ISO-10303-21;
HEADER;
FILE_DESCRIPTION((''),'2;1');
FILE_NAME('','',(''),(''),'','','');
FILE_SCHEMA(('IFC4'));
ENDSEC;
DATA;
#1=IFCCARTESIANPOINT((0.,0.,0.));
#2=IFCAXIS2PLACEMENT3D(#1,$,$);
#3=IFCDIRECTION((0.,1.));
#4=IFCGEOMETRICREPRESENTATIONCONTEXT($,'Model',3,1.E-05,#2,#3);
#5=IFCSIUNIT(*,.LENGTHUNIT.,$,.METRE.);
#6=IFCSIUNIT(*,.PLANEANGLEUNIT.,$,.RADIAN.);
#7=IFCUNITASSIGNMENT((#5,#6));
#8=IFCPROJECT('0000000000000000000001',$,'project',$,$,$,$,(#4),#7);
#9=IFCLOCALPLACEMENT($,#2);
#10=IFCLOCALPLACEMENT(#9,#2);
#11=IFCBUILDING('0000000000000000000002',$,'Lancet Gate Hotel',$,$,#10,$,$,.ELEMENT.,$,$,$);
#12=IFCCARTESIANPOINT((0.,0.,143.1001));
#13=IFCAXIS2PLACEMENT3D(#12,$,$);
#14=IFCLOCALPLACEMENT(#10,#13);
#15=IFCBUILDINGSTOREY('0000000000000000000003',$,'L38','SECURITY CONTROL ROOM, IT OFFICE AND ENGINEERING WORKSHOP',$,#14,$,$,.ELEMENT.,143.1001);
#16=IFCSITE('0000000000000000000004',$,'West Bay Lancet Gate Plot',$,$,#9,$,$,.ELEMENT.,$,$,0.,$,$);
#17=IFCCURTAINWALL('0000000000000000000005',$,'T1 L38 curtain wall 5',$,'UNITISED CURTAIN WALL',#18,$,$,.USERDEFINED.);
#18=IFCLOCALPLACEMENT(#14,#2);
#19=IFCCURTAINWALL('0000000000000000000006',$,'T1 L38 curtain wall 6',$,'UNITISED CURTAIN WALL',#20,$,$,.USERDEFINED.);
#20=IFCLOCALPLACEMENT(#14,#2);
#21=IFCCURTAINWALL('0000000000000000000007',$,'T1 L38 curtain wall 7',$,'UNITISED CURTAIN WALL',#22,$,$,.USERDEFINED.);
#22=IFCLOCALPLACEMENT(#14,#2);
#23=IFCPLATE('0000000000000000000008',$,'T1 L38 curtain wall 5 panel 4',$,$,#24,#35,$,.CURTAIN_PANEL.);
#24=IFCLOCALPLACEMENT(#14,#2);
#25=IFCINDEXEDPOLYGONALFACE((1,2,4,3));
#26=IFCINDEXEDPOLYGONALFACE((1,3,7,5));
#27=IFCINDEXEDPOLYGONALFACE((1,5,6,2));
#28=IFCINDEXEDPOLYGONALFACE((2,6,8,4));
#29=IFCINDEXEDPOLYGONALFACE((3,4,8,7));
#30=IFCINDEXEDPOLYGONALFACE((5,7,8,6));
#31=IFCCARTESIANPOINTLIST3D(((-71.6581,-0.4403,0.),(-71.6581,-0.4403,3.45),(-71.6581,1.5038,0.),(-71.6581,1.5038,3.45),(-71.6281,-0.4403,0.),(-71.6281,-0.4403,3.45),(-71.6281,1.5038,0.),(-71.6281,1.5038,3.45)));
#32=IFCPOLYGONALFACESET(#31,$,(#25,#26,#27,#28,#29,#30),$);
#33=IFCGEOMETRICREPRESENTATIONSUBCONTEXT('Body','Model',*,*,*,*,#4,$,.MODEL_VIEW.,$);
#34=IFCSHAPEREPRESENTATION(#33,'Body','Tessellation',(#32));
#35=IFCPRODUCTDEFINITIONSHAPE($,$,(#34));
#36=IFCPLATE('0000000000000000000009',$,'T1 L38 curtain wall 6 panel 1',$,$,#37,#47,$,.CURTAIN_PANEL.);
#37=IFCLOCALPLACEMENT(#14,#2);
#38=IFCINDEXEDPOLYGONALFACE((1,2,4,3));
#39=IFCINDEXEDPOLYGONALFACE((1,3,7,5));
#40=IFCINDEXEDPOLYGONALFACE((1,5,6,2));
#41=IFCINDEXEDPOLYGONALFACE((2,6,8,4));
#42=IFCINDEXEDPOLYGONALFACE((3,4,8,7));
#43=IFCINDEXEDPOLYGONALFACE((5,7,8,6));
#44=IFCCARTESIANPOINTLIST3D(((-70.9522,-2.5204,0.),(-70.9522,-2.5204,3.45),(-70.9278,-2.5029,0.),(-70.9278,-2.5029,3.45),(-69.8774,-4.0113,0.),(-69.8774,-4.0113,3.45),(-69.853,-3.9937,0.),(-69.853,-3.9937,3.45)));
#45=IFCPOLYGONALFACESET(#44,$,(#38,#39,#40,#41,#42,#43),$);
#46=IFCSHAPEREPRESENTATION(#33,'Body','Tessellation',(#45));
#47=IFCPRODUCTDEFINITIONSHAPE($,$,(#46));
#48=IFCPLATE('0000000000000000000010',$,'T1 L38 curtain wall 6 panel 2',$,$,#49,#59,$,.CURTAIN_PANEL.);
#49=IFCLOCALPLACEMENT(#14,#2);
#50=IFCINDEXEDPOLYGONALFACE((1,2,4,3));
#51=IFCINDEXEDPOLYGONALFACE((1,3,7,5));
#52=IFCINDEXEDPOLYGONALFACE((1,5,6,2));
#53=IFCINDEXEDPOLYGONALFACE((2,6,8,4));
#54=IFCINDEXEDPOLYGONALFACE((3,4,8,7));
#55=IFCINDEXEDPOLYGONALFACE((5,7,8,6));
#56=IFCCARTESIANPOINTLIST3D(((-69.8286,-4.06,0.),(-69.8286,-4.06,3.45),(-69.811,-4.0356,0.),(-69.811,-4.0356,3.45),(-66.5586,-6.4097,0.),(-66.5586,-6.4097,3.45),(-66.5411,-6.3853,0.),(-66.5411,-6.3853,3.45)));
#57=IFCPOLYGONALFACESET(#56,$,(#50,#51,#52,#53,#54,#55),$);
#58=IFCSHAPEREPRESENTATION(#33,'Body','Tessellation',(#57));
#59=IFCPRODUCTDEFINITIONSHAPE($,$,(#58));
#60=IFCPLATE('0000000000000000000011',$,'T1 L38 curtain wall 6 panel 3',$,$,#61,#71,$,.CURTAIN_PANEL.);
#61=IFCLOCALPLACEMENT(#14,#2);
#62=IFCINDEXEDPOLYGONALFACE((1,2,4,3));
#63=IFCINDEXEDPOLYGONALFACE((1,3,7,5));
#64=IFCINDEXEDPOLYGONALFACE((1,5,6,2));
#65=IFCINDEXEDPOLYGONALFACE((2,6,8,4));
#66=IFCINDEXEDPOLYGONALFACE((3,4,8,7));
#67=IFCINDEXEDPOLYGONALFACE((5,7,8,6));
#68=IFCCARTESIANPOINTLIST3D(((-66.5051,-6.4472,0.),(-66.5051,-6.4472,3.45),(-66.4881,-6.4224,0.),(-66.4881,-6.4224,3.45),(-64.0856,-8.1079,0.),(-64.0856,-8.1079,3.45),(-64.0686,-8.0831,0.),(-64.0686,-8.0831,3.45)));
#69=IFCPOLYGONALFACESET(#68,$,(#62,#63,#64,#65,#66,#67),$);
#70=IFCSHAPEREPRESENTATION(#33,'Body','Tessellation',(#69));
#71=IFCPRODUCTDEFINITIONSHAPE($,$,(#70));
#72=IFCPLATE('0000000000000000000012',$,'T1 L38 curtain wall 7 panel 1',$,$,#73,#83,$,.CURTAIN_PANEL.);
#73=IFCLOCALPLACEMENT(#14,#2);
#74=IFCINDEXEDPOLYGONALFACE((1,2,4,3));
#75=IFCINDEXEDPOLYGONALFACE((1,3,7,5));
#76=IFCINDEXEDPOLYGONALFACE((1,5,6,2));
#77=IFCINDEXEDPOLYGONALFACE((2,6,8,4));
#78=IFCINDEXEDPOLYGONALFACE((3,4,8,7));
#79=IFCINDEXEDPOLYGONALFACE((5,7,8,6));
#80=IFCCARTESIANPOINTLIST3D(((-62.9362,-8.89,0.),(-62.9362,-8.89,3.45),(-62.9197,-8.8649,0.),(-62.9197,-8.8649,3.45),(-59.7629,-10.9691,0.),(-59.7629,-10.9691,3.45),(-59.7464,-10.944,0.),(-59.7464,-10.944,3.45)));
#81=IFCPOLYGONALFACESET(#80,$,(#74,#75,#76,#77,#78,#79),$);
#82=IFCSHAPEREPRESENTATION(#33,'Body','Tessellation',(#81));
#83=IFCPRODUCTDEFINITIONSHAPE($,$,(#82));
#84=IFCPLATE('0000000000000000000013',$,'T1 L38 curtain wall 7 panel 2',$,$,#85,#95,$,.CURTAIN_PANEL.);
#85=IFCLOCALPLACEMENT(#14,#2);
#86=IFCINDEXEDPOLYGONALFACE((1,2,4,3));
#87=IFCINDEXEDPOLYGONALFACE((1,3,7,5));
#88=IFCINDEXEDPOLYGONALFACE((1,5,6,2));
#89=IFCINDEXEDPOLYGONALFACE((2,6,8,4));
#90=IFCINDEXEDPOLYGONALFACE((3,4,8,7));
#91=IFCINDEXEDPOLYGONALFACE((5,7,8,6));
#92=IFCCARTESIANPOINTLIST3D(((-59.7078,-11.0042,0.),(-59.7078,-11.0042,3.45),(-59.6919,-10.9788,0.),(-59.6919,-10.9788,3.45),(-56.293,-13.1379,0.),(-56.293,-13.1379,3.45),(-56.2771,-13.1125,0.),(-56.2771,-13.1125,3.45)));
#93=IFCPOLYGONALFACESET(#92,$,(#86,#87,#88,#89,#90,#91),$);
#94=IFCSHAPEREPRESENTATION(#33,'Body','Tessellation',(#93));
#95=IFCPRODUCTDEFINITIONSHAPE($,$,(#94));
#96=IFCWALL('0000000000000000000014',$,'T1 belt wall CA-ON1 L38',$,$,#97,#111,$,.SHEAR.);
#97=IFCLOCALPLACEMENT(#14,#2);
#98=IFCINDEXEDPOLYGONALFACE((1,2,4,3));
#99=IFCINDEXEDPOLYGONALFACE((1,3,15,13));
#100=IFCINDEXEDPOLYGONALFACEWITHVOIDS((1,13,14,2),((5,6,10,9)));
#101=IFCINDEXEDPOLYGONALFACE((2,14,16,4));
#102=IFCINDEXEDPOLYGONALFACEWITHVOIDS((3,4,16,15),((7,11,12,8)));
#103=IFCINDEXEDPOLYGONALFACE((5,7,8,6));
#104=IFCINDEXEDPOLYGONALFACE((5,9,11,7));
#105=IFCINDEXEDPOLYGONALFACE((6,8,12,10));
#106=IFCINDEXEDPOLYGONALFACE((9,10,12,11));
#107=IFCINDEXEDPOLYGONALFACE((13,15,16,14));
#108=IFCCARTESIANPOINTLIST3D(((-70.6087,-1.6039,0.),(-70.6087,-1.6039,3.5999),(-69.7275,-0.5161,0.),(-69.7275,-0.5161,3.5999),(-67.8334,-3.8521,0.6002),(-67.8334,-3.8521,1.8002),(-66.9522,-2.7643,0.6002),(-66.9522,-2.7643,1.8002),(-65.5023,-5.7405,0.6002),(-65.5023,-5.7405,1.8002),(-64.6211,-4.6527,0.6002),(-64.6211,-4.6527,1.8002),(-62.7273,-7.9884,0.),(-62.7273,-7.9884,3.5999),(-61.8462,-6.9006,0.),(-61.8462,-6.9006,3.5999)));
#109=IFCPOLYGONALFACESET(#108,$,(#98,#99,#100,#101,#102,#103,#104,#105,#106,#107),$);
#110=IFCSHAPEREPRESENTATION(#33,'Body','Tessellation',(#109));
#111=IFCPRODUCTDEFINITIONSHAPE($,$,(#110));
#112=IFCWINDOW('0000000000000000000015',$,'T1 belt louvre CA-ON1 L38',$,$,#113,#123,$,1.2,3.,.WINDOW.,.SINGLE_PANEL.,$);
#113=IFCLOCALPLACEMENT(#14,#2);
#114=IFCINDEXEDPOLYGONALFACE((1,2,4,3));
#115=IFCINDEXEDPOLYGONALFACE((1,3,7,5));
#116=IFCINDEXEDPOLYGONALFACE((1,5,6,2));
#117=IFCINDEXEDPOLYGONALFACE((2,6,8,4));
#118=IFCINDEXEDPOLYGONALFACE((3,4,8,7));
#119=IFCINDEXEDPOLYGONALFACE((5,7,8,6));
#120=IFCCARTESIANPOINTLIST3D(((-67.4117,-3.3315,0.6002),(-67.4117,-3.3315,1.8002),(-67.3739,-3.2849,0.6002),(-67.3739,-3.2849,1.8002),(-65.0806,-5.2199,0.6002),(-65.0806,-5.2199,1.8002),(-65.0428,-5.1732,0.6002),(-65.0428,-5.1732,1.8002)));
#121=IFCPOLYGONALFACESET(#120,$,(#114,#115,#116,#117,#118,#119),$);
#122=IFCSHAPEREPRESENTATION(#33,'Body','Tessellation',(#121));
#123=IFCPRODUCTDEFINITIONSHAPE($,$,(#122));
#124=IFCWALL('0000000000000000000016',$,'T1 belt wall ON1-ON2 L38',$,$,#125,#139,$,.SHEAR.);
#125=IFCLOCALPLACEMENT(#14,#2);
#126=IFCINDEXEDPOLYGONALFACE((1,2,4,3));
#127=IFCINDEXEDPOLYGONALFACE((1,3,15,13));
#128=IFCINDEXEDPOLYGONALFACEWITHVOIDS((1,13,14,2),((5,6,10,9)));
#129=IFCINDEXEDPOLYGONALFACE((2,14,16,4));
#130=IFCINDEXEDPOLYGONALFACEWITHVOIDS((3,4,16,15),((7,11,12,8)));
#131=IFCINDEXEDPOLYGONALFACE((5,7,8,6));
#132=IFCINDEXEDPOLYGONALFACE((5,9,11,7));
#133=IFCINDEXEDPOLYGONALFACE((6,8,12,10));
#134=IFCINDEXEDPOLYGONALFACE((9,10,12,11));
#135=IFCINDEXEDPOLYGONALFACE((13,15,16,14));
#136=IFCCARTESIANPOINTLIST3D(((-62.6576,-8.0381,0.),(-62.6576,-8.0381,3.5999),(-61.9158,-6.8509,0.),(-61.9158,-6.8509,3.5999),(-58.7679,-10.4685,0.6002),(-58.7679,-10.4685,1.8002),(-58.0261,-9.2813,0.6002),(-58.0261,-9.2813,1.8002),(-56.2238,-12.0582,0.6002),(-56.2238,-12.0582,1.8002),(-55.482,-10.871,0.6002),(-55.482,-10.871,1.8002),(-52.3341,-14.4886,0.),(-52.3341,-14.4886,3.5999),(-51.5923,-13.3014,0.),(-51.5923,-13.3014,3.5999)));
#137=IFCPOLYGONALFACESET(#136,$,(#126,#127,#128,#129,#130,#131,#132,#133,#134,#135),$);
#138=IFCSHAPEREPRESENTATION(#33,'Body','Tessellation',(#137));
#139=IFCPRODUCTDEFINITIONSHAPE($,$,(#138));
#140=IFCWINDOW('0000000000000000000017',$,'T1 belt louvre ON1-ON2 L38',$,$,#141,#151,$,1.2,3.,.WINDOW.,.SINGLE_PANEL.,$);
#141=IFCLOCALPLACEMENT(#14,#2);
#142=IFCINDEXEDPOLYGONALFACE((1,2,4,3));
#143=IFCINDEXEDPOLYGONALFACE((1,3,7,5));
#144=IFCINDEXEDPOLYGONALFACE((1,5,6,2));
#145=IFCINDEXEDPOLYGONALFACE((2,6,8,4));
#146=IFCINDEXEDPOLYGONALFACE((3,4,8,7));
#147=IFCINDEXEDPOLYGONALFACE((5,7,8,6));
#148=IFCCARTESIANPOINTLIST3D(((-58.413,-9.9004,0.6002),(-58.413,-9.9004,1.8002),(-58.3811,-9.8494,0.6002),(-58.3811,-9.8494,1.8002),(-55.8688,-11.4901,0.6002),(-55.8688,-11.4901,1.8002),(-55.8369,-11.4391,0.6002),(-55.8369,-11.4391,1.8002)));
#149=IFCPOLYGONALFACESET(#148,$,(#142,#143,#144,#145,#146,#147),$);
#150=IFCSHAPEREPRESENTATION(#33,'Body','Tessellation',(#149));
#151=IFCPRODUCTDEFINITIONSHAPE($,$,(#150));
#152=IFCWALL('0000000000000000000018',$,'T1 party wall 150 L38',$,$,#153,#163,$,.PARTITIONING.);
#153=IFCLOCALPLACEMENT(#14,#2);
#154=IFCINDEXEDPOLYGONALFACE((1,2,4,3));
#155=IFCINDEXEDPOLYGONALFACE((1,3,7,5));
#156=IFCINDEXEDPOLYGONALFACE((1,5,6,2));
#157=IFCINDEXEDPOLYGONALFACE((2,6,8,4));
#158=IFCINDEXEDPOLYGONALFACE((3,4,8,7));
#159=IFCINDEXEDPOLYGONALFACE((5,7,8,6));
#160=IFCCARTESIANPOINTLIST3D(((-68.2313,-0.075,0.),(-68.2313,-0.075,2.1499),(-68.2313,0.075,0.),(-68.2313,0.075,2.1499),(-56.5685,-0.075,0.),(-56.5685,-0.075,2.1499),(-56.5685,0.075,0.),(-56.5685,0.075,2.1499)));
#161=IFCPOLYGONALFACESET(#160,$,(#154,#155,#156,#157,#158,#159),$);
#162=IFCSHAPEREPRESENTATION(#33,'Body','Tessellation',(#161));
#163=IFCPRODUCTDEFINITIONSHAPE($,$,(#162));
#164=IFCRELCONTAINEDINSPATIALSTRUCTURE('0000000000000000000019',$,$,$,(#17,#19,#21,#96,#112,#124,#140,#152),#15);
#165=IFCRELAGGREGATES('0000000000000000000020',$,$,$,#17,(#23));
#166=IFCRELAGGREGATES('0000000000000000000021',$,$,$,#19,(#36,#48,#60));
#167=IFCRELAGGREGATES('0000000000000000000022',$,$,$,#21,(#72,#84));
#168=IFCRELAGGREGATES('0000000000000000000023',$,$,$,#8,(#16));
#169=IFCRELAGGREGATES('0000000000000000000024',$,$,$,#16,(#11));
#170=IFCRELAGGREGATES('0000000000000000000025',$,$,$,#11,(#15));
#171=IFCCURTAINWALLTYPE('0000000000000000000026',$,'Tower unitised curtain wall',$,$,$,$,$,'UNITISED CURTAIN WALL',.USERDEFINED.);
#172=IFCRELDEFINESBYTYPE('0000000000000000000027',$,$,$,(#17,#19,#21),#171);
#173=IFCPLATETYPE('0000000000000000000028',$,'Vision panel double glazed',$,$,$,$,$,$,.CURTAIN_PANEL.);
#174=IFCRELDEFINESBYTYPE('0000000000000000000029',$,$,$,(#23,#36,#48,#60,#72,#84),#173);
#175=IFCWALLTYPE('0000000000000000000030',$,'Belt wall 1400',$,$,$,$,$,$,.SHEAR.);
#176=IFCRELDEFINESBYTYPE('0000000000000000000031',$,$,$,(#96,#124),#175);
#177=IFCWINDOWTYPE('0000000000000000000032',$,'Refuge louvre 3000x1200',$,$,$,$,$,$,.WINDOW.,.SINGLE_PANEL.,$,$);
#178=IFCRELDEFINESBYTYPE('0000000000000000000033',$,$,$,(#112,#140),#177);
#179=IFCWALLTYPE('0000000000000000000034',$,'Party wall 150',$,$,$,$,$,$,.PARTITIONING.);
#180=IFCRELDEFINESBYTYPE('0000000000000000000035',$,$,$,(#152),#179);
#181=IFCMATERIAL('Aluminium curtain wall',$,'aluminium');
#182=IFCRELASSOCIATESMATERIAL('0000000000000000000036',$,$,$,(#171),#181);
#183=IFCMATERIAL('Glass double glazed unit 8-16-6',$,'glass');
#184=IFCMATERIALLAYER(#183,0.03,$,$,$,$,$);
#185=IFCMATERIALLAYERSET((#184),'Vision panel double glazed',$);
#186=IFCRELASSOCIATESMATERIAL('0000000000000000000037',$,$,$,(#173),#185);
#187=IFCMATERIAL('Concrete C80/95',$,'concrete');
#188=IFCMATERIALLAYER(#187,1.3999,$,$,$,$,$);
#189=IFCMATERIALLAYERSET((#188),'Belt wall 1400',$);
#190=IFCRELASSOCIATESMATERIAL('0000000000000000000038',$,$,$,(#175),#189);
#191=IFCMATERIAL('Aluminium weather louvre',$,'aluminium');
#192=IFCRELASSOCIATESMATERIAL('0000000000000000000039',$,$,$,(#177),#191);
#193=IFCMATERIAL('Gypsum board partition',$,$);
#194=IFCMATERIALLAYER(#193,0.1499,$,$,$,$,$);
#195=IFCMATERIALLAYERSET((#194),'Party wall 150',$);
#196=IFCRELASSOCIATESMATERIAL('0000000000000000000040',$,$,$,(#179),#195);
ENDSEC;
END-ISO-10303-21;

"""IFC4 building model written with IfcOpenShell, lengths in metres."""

from ifc_helpers import new_model, si_unit, direction, frame, frame_2d, origin, origin_2d, place, context, subcontext, project, spatial, rectangle, extrude, material, layer, layer_set, type_object, element, fill, aggregate, save


model = new_model("IFC4")

# Units and contexts
model_context = context("Model", 3, precision=1e-05, world=origin(), true_north=direction((0.0, 1.0)))
body_context = subcontext(model_context, "Body", "Model", "MODEL_VIEW")
ifc_project = project(units=[si_unit("LENGTHUNIT", "METRE"), si_unit("PLANEANGLEUNIT", "RADIAN")], contexts=[model_context])

# Site, building, storey
site_placement = place(None, origin())
site = spatial("IfcSite", under=ifc_project, at=site_placement, Name="West Bay Lancet Gate Plot", CompositionType="ELEMENT", RefElevation=0.0)
building_placement = place(site_placement, origin())
building = spatial("IfcBuilding", under=site, at=building_placement, Name="Lancet Gate Hotel", CompositionType="ELEMENT")
storey_placement = place(building_placement, frame((0.0, 0.0, 143.1001)))
storey = spatial("IfcBuildingStorey", under=building, at=storey_placement, Name="L38", Description="SECURITY CONTROL ROOM, IT OFFICE AND ENGINEERING WORKSHOP", CompositionType="ELEMENT", Elevation=143.1001)

# Curtain wall
ifc_material_1 = material(Name="Aluminium curtain wall", Category="aluminium")
curtain_wall_type = type_object("IfcCurtainWallType", Name="Tower unitised curtain wall", ElementType="UNITISED CURTAIN WALL", PredefinedType="USERDEFINED", material=ifc_material_1)
curtain_wall_1_placement = place(storey_placement, origin())
curtain_wall_1 = element("IfcCurtainWall", 1, at=curtain_wall_1_placement, inside=storey, type_object=curtain_wall_type, Name="T1 L38 curtain wall 5", ObjectType="UNITISED CURTAIN WALL", PredefinedType="USERDEFINED")

# Curtain walls
curtain_wall_2_placement = place(storey_placement, origin())
curtain_wall_2 = element("IfcCurtainWall", 2, at=curtain_wall_2_placement, inside=storey, type_object=curtain_wall_type, Name="T1 L38 curtain wall 6", ObjectType="UNITISED CURTAIN WALL", PredefinedType="USERDEFINED")
curtain_wall_3_placement = place(storey_placement, origin())
curtain_wall_3 = element("IfcCurtainWall", 3, at=curtain_wall_3_placement, inside=storey, type_object=curtain_wall_type, Name="T1 L38 curtain wall 7", ObjectType="UNITISED CURTAIN WALL", PredefinedType="USERDEFINED")

# Plates
ifc_material_2 = material(Name="Glass double glazed unit 8-16-6", Category="glass")
ifc_layer_1 = layer(ifc_material_2, 0.03)
ifc_layer_set_1 = layer_set([ifc_layer_1], Name="Vision panel double glazed")
plate_type = type_object("IfcPlateType", Name="Vision panel double glazed", PredefinedType="CURTAIN_PANEL", material=ifc_layer_set_1)
plate_1_placement = place(storey_placement, frame((-71.6431, 0.5317, 0.0), z_axis=(0.0, 0.0, 1.0), x_axis=(0.0, -1.0, 0.0)))
plate_1 = element("IfcPlate", 4, at=plate_1_placement, type_object=plate_type, Name="T1 L38 curtain wall 5 panel 4", PredefinedType="CURTAIN_PANEL", context=body_context, shape_type="SweptSolid", body=[
    extrude(rectangle(XDim=1.9441, YDim=0.03, at=origin_2d()), origin(), (0.0, 0.0, 1.0), 3.45),
])
aggregate(curtain_wall_1, [plate_1])
plate_2_placement = place(storey_placement, frame((-70.4026, -3.2571, 0.0), z_axis=(0.0, 0.0, 1.0), x_axis=(0.584809, -0.811171, 0.0)))
plate_2 = element("IfcPlate", 5, at=plate_2_placement, type_object=plate_type, Name="T1 L38 curtain wall 6 panel 1", PredefinedType="CURTAIN_PANEL", context=body_context, shape_type="SweptSolid", body=[
    extrude(rectangle(XDim=1.8379, YDim=0.03, at=origin_2d()), origin(), (0.0, 0.0, 1.0), 3.45),
])
plate_3_placement = place(storey_placement, frame((-68.1848, -5.2227, 0.0), z_axis=(0.0, 0.0, 1.0), x_axis=(0.812093, -0.583528, 0.0)))
plate_3 = element("IfcPlate", 6, at=plate_3_placement, type_object=plate_type, Name="T1 L38 curtain wall 6 panel 2", PredefinedType="CURTAIN_PANEL", context=body_context, shape_type="SweptSolid", body=[
    extrude(rectangle(XDim=4.0266, YDim=0.03, at=origin_2d()), origin(), (0.0, 0.0, 1.0), 3.45),
])
plate_4_placement = place(storey_placement, frame((-65.2869, -7.2651, 0.0), z_axis=(0.0, 0.0, 1.0), x_axis=(0.824466, -0.565911, 0.0)))
plate_4 = element("IfcPlate", 7, at=plate_4_placement, type_object=plate_type, Name="T1 L38 curtain wall 6 panel 3", PredefinedType="CURTAIN_PANEL", context=body_context, shape_type="SweptSolid", body=[
    extrude(rectangle(XDim=2.9346, YDim=0.03, at=origin_2d()), origin(), (0.0, 0.0, 1.0), 3.45),
])
aggregate(curtain_wall_2, [plate_2, plate_3, plate_4])
plate_5_placement = place(storey_placement, frame((-61.3413, -9.917, 0.0), z_axis=(0.0, 0.0, 1.0), x_axis=(0.836458, -0.548032, 0.0)))
plate_5 = element("IfcPlate", 8, at=plate_5_placement, type_object=plate_type, Name="T1 L38 curtain wall 7 panel 1", PredefinedType="CURTAIN_PANEL", context=body_context, shape_type="SweptSolid", body=[
    extrude(rectangle(XDim=3.7937, YDim=0.03, at=origin_2d()), origin(), (0.0, 0.0, 1.0), 3.45),
])
plate_6_placement = place(storey_placement, frame((-57.9924, -12.0583, 0.0), z_axis=(0.0, 0.0, 1.0), x_axis=(0.848061, -0.529899, 0.0)))
plate_6 = element("IfcPlate", 9, at=plate_6_placement, type_object=plate_type, Name="T1 L38 curtain wall 7 panel 2", PredefinedType="CURTAIN_PANEL", context=body_context, shape_type="SweptSolid", body=[
    extrude(rectangle(XDim=4.0266, YDim=0.03, at=origin_2d()), origin(), (0.0, 0.0, 1.0), 3.45),
])
aggregate(curtain_wall_3, [plate_5, plate_6])

# Walls, openings, windows
ifc_material_3 = material(Name="Concrete C80/95", Category="concrete")
ifc_layer_2 = layer(ifc_material_3, 1.3999)
ifc_layer_set_2 = layer_set([ifc_layer_2], Name="Belt wall 1400")
wall_type_1 = type_object("IfcWallType", Name="Belt wall 1400", PredefinedType="SHEAR", material=ifc_layer_set_2)
wall_1_placement = place(storey_placement, frame((-70.168, -1.0601, 0.0), z_axis=(0.0, 0.0, 1.0), x_axis=(0.777034, -0.629459, 0.0)))
wall_1 = element("IfcWall", 10, at=wall_1_placement, inside=storey, type_object=wall_type_1, Name="T1 belt wall CA-ON1 L38", PredefinedType="SHEAR", context=body_context, shape_type="SweptSolid", body=[
    extrude(rectangle(XDim=10.1428, YDim=1.3999, at=frame_2d((5.0713, 0.0))), origin(), (0.0, 0.0, 1.0), 3.5999),
])
opening_1_placement = place(wall_1_placement, frame((3.5715, 0.0, 0.6001)))
opening_1 = element("IfcOpeningElement", 11, at=opening_1_placement, cuts=wall_1, PredefinedType="OPENING", context=body_context, shape_type="SweptSolid", body=[
    extrude(rectangle(XDim=3.0, YDim=1.2, at=frame_2d((1.5, 0.6001))), frame((0.0, 0.71, 0.0), z_axis=(0.0, -1.0, 0.0), x_axis=(1.0, 0.0, 0.0)), (0.0, 0.0, 1.0), 1.4199),
])
ifc_material_4 = material(Name="Aluminium weather louvre", Category="aluminium")
window_type = type_object("IfcWindowType", Name="Refuge louvre 3000x1200", PartitioningType="SINGLE_PANEL", PredefinedType="WINDOW", material=ifc_material_4)
window_1_placement = place(opening_1_placement, origin())
window_1 = element("IfcWindow", 12, at=window_1_placement, inside=storey, type_object=window_type, Name="T1 belt louvre CA-ON1 L38", OverallHeight=1.2, OverallWidth=3.0, PartitioningType="SINGLE_PANEL", PredefinedType="WINDOW", context=body_context, shape_type="SweptSolid", body=[
    extrude(rectangle(XDim=3.0, YDim=1.2, at=frame_2d((1.5, 0.6001))), frame((0.0, 0.03, 0.0), z_axis=(0.0, -1.0, 0.0), x_axis=(1.0, 0.0, 0.0)), (0.0, 0.0, 1.0), 0.0601),
])
fill(opening_1, window_1)
wall_2_placement = place(storey_placement, frame((-62.2866, -7.4446, 0.0), z_axis=(0.0, 0.0, 1.0), x_axis=(0.848063, -0.529896, 0.0)))
wall_2 = element("IfcWall", 13, at=wall_2_placement, inside=storey, type_object=wall_type_1, Name="T1 belt wall ON1-ON2 L38", PredefinedType="SHEAR", context=body_context, shape_type="SweptSolid", body=[
    extrude(rectangle(XDim=12.1731, YDim=1.3999, at=frame_2d((6.0864, 0.0))), origin(), (0.0, 0.0, 1.0), 3.5999),
])
opening_2_placement = place(wall_2_placement, frame((4.5864, 0.0, 0.6001)))
opening_2 = element("IfcOpeningElement", 14, at=opening_2_placement, cuts=wall_2, PredefinedType="OPENING", context=body_context, shape_type="SweptSolid", body=[
    extrude(rectangle(XDim=3.0, YDim=1.2, at=frame_2d((1.5, 0.6001))), frame((0.0, 0.71, 0.0), z_axis=(0.0, -1.0, 0.0), x_axis=(1.0, 0.0, 0.0)), (0.0, 0.0, 1.0), 1.4199),
])
window_2_placement = place(opening_2_placement, origin())
window_2 = element("IfcWindow", 15, at=window_2_placement, inside=storey, type_object=window_type, Name="T1 belt louvre ON1-ON2 L38", OverallHeight=1.2, OverallWidth=3.0, PartitioningType="SINGLE_PANEL", PredefinedType="WINDOW", context=body_context, shape_type="SweptSolid", body=[
    extrude(rectangle(XDim=3.0, YDim=1.2, at=frame_2d((1.5, 0.6001))), frame((0.0, 0.03, 0.0), z_axis=(0.0, -1.0, 0.0), x_axis=(1.0, 0.0, 0.0)), (0.0, 0.0, 1.0), 0.0601),
])
fill(opening_2, window_2)

# Wall
ifc_material_5 = material(Name="Gypsum board partition")
ifc_layer_3 = layer(ifc_material_5, 0.1499)
ifc_layer_set_3 = layer_set([ifc_layer_3], Name="Party wall 150")
wall_type_2 = type_object("IfcWallType", Name="Party wall 150", PredefinedType="PARTITIONING", material=ifc_layer_set_3)
wall_3_placement = place(storey_placement, frame((-56.5684, 0.0, 0.0), z_axis=(0.0, 0.0, 1.0), x_axis=(-1.0, 0.0, 0.0)))
element("IfcWall", 16, at=wall_3_placement, inside=storey, type_object=wall_type_2, Name="T1 party wall 150 L38", PredefinedType="PARTITIONING", context=body_context, shape_type="SweptSolid", body=[
    extrude(rectangle(XDim=11.6628, YDim=0.1499, at=frame_2d((5.8315, 0.0))), origin(), (0.0, 0.0, 1.0), 2.1499),
])

save(model, "model.ifc")
